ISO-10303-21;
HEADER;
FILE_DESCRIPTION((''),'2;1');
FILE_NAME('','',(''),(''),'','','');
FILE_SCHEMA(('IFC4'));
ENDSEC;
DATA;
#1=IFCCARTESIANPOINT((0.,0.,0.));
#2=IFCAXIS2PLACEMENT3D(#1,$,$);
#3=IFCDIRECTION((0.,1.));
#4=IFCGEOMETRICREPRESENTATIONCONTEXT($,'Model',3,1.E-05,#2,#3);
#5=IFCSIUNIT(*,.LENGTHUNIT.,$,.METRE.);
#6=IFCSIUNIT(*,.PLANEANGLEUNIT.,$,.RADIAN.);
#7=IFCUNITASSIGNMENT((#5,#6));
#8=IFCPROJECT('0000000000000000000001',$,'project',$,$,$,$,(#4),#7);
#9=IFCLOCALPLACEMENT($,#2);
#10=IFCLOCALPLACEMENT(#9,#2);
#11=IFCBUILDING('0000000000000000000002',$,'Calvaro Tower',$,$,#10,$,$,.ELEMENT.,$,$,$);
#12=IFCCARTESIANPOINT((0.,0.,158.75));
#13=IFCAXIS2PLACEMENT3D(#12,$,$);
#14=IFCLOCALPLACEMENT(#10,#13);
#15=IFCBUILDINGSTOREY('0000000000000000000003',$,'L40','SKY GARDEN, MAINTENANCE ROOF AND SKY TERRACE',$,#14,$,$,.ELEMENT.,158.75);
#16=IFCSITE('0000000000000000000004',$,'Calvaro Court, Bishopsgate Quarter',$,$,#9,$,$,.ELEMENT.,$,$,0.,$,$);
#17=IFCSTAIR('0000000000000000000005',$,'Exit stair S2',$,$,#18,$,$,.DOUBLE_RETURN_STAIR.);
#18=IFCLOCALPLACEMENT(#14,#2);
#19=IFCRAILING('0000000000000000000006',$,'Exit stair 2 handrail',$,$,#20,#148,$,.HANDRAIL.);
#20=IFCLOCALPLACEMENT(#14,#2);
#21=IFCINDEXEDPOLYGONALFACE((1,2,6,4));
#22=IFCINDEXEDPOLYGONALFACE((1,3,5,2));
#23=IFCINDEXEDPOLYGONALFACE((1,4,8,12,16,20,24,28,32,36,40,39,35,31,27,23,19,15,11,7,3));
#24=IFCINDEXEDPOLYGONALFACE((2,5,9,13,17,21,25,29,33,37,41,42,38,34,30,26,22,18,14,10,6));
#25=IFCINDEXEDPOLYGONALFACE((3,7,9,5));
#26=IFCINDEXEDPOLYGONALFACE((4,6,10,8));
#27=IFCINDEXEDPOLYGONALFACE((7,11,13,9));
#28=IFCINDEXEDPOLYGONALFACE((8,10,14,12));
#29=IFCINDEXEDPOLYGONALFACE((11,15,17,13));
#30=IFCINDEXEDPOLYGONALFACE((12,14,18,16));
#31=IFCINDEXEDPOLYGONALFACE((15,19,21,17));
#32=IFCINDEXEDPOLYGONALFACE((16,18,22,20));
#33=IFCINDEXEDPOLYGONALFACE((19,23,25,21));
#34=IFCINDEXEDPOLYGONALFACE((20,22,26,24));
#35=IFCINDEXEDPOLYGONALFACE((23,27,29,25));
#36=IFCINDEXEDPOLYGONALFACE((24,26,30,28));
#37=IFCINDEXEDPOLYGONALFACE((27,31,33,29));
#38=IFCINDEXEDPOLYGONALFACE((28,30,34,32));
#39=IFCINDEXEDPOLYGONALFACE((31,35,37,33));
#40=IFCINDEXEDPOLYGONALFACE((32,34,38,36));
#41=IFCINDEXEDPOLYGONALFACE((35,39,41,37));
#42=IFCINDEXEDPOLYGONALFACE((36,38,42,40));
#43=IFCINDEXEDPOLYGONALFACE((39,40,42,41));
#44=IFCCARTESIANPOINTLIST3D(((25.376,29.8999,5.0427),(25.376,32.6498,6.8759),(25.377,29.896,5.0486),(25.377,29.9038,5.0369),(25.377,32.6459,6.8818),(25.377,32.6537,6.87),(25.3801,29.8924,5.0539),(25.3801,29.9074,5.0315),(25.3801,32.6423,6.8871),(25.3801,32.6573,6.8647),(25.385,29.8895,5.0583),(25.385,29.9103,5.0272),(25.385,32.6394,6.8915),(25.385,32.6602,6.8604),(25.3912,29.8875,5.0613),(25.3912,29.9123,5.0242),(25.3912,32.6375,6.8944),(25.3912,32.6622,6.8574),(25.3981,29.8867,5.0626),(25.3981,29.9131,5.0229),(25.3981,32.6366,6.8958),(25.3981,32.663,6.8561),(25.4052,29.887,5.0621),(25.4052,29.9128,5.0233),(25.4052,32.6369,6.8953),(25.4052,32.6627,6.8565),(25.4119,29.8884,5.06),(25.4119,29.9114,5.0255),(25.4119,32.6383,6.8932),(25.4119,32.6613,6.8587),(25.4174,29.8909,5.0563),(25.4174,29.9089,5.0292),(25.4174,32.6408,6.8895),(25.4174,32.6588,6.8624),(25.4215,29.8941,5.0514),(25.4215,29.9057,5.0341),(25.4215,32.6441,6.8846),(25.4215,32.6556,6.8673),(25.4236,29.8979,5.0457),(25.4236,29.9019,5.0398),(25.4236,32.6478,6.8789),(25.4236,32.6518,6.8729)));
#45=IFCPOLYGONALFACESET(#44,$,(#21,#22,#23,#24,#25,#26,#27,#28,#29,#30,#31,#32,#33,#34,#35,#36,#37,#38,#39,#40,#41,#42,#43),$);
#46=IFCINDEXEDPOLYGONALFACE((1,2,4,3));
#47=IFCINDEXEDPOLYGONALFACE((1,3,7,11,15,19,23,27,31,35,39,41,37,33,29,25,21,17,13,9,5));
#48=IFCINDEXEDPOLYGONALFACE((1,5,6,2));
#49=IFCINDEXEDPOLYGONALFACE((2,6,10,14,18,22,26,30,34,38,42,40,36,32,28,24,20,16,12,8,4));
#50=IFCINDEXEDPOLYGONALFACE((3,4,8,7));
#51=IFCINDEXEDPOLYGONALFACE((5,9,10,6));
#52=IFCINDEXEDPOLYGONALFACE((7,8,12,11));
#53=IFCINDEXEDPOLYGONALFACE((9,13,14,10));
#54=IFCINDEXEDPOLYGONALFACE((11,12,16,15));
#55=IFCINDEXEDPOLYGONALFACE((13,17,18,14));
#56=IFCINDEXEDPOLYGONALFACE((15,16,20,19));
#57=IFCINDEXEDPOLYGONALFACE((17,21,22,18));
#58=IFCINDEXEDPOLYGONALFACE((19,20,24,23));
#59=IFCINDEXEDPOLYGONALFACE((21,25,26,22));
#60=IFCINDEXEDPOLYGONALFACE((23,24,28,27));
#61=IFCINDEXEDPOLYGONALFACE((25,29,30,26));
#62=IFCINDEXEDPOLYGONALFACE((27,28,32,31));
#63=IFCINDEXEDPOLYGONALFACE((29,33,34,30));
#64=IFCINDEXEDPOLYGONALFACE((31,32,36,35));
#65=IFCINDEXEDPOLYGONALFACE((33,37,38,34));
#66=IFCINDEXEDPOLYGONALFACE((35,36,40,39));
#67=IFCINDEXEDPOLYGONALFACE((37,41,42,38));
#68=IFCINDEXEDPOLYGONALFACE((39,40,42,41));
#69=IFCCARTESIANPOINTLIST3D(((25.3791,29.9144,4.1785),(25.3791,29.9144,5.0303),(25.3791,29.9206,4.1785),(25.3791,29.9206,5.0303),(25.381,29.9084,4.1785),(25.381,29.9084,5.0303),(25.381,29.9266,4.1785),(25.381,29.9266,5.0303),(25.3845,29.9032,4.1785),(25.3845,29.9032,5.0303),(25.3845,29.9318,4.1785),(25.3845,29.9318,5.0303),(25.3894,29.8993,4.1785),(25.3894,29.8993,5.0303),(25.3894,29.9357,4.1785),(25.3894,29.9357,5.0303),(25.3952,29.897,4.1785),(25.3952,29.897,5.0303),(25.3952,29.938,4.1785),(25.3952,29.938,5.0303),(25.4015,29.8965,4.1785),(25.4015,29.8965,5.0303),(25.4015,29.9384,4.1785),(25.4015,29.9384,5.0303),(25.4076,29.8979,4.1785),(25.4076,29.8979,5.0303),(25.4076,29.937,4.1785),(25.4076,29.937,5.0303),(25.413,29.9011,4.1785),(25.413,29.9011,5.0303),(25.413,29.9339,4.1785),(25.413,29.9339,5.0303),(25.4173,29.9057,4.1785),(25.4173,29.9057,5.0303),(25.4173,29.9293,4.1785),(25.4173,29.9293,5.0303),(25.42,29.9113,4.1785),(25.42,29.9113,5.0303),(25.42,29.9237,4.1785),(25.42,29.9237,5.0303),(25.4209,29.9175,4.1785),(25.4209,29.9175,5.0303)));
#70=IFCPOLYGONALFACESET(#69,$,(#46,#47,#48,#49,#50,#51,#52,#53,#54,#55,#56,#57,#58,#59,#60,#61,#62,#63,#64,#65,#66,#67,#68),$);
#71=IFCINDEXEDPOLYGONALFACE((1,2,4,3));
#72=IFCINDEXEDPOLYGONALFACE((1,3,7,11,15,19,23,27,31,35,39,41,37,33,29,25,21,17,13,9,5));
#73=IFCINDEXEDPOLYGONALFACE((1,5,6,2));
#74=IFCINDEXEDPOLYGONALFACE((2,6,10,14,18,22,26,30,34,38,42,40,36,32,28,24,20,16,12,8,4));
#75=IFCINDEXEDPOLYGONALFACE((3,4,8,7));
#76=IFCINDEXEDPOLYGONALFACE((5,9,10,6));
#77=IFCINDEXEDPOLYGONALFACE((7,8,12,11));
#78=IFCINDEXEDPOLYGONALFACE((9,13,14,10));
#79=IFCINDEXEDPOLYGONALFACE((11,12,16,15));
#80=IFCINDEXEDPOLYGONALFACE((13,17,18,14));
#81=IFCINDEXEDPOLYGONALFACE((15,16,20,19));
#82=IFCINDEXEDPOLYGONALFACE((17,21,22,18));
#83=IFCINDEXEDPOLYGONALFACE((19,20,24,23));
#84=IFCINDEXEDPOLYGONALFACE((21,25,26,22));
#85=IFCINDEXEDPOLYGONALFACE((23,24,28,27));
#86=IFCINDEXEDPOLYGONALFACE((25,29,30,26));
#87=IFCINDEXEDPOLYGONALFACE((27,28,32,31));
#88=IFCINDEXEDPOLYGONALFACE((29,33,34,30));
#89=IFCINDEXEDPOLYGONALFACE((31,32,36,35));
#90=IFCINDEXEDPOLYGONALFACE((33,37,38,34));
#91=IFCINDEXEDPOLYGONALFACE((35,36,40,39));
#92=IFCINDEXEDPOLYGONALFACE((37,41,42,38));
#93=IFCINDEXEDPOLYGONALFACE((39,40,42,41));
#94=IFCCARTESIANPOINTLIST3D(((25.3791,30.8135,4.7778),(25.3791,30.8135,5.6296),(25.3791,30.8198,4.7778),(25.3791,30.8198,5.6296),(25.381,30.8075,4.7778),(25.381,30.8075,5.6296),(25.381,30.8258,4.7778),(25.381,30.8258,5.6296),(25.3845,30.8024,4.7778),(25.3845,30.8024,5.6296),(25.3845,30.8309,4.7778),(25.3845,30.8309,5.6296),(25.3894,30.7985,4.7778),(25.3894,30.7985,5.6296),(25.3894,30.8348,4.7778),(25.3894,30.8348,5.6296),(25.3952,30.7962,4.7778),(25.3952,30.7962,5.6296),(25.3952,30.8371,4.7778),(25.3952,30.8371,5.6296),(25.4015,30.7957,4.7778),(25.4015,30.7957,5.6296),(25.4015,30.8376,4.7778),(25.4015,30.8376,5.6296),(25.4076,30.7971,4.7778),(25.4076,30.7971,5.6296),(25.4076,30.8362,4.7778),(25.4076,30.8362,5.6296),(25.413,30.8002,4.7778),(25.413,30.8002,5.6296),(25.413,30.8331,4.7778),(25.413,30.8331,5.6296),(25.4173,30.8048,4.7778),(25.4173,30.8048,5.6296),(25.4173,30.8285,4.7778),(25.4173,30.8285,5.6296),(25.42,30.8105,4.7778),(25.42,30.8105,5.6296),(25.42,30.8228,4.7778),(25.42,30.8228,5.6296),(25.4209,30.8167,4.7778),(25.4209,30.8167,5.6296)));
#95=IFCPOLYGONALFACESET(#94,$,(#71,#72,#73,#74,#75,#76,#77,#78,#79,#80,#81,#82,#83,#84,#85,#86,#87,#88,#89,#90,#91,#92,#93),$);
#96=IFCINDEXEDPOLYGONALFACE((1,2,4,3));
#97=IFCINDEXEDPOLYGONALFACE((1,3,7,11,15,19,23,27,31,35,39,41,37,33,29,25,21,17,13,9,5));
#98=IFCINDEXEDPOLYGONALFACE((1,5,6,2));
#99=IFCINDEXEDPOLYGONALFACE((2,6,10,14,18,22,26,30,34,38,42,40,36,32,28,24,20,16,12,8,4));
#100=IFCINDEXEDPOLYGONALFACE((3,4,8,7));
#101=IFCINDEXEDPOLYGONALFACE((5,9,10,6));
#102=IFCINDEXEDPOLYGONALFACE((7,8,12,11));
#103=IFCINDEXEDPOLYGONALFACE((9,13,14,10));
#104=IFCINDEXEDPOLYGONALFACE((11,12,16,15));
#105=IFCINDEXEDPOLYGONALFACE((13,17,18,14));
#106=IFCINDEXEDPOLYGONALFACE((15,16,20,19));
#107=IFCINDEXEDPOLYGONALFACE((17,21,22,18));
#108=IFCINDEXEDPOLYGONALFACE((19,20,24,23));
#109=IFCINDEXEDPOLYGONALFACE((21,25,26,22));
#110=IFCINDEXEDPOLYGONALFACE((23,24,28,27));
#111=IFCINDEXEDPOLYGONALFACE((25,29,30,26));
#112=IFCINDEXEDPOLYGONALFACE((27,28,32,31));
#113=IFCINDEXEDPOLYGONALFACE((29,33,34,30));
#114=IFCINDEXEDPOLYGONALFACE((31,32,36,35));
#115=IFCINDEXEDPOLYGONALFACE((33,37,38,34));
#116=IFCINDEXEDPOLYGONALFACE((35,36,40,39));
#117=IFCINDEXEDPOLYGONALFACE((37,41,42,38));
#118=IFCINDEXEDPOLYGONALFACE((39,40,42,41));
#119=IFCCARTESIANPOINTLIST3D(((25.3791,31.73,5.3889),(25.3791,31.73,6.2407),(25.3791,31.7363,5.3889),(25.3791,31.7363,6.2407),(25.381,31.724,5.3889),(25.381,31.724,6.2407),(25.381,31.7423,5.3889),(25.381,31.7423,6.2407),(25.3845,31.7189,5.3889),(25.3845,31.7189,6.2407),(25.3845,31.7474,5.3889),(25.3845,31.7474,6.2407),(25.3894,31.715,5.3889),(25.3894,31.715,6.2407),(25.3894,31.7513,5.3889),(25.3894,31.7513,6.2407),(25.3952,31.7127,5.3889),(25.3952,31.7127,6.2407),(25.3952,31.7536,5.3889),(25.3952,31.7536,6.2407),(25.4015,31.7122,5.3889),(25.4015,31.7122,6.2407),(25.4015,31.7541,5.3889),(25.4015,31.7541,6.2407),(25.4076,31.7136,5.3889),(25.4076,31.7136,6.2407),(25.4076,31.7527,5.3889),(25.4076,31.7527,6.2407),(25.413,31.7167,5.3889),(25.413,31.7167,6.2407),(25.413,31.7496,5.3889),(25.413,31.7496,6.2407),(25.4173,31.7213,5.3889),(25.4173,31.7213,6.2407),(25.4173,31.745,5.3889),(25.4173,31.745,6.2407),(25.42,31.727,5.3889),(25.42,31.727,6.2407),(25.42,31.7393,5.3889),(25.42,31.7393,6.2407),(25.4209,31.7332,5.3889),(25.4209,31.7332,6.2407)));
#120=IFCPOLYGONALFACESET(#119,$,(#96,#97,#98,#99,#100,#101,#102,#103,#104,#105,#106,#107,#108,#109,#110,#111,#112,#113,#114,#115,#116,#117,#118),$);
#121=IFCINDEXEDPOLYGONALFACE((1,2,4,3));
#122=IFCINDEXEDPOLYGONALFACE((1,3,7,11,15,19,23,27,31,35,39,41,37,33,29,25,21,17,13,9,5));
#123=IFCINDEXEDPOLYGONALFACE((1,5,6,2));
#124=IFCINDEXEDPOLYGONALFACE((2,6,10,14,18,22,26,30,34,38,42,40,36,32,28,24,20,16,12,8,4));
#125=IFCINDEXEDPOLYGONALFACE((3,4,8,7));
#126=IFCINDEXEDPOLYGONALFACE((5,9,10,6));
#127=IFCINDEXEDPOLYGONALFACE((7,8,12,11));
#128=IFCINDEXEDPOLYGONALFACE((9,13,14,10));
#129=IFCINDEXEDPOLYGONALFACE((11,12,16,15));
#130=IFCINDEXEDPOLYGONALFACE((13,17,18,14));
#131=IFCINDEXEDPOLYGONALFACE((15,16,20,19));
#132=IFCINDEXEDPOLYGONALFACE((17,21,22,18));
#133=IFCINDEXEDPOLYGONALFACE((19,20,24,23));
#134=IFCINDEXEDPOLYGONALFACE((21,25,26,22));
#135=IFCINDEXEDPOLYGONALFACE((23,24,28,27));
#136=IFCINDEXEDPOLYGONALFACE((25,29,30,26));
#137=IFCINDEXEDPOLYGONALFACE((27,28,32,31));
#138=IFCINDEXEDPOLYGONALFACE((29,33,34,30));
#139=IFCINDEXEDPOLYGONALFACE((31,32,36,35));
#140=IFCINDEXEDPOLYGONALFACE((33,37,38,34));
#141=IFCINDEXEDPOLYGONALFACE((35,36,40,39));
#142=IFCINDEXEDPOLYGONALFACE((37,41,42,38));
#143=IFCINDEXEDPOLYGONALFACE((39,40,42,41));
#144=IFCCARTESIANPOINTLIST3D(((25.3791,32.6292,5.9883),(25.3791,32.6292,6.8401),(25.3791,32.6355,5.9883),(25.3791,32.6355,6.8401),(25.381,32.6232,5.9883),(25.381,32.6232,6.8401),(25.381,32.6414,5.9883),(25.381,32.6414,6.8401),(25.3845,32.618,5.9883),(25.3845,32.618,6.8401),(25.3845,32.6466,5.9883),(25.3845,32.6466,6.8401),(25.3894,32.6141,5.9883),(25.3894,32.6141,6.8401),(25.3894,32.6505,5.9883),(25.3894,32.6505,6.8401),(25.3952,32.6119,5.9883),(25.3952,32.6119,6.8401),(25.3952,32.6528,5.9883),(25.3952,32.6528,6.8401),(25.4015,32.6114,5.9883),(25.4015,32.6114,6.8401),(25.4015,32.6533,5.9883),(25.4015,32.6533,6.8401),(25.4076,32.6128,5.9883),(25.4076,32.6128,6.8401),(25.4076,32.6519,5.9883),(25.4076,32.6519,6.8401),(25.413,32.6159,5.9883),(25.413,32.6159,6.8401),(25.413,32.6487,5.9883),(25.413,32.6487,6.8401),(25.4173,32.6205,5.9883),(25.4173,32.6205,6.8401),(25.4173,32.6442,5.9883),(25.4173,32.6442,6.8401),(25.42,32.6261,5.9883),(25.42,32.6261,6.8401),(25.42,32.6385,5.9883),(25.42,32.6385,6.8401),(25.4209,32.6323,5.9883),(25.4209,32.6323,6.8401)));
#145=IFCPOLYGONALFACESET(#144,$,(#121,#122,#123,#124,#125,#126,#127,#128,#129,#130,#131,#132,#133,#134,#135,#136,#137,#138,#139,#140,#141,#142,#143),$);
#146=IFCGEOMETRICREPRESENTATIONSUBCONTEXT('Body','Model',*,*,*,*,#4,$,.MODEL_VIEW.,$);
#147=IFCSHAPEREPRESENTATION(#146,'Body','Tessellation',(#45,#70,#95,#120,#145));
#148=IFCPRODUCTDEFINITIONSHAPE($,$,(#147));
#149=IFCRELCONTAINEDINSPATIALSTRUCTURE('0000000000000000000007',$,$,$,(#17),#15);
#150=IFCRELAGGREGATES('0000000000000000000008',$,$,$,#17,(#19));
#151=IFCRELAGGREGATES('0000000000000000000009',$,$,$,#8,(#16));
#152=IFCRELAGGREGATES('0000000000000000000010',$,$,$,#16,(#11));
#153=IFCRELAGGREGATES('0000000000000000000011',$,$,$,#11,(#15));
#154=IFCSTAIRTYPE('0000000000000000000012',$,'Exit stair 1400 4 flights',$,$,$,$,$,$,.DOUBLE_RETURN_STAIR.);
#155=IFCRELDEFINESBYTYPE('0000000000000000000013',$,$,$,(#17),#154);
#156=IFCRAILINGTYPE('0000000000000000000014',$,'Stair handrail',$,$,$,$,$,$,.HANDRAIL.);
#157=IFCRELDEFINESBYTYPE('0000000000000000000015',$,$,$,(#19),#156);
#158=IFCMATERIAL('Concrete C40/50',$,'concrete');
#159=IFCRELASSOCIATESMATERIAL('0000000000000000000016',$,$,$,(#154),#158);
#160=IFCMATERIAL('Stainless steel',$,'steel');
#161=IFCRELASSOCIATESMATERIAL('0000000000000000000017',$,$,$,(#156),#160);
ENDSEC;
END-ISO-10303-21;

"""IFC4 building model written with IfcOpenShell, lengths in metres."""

from ifc_helpers import new_model, si_unit, direction, frame, origin, origin_2d, place, context, subcontext, project, spatial, circle, extrude, material, type_object, element, aggregate, save


model = new_model("IFC4")

# Units and contexts
model_context = context("Model", 3, precision=1e-05, world=origin(), true_north=direction((0.0, 1.0)))
body_context = subcontext(model_context, "Body", "Model", "MODEL_VIEW")
ifc_project = project(units=[si_unit("LENGTHUNIT", "METRE"), si_unit("PLANEANGLEUNIT", "RADIAN")], contexts=[model_context])

# Site, building, storey
site_placement = place(None, origin())
site = spatial("IfcSite", under=ifc_project, at=site_placement, Name="Calvaro Court, Bishopsgate Quarter", CompositionType="ELEMENT", RefElevation=0.0)
building_placement = place(site_placement, origin())
building = spatial("IfcBuilding", under=site, at=building_placement, Name="Calvaro Tower", CompositionType="ELEMENT")
storey_placement = place(building_placement, frame((0.0, 0.0, 158.75)))
storey = spatial("IfcBuildingStorey", under=building, at=storey_placement, Name="L40", Description="SKY GARDEN, MAINTENANCE ROOF AND SKY TERRACE", CompositionType="ELEMENT", Elevation=158.75)

# Stair, railing
ifc_material_1 = material(Name="Concrete C40/50", Category="concrete")
stair_type = type_object("IfcStairType", Name="Exit stair 1400 4 flights", PredefinedType="DOUBLE_RETURN_STAIR", material=ifc_material_1)
stair_placement = place(storey_placement, origin())
stair = element("IfcStair", 1, at=stair_placement, inside=storey, type_object=stair_type, Name="Exit stair S2", PredefinedType="DOUBLE_RETURN_STAIR")
ifc_material_2 = material(Name="Stainless steel", Category="steel")
railing_type = type_object("IfcRailingType", Name="Stair handrail", PredefinedType="HANDRAIL", material=ifc_material_2)
railing_1_placement = place(storey_placement, frame((25.3999, 29.8999, 4.1667)))
railing_1 = element("IfcRailing", 2, at=railing_1_placement, type_object=railing_type, Name="Exit stair 2 handrail", PredefinedType="HANDRAIL", context=body_context, shape_type="SweptSolid", body=[
    extrude(circle(Radius=0.0239, at=origin_2d()), frame((0.0, 0.0, 0.876), z_axis=(0.0, 0.832062, 0.554683), x_axis=(-1.0, 0.0, 0.0)), (0.0, 0.0, 1.0), 3.3049),
    extrude(circle(Radius=0.021, at=origin_2d()), frame((0.0, 0.0176, 0.0117)), (0.0, 0.0, 1.0), 0.8518),
    extrude(circle(Radius=0.021, at=origin_2d()), frame((0.0, 0.9167, 0.6111)), (0.0, 0.0, 1.0), 0.8518),
    extrude(circle(Radius=0.021, at=origin_2d()), frame((0.0, 1.8333, 1.2222)), (0.0, 0.0, 1.0), 0.8518),
    extrude(circle(Radius=0.021, at=origin_2d()), frame((0.0, 2.7324, 1.8215)), (0.0, 0.0, 1.0), 0.8518),
])
aggregate(stair, [railing_1])

save(model, "model.ifc")
